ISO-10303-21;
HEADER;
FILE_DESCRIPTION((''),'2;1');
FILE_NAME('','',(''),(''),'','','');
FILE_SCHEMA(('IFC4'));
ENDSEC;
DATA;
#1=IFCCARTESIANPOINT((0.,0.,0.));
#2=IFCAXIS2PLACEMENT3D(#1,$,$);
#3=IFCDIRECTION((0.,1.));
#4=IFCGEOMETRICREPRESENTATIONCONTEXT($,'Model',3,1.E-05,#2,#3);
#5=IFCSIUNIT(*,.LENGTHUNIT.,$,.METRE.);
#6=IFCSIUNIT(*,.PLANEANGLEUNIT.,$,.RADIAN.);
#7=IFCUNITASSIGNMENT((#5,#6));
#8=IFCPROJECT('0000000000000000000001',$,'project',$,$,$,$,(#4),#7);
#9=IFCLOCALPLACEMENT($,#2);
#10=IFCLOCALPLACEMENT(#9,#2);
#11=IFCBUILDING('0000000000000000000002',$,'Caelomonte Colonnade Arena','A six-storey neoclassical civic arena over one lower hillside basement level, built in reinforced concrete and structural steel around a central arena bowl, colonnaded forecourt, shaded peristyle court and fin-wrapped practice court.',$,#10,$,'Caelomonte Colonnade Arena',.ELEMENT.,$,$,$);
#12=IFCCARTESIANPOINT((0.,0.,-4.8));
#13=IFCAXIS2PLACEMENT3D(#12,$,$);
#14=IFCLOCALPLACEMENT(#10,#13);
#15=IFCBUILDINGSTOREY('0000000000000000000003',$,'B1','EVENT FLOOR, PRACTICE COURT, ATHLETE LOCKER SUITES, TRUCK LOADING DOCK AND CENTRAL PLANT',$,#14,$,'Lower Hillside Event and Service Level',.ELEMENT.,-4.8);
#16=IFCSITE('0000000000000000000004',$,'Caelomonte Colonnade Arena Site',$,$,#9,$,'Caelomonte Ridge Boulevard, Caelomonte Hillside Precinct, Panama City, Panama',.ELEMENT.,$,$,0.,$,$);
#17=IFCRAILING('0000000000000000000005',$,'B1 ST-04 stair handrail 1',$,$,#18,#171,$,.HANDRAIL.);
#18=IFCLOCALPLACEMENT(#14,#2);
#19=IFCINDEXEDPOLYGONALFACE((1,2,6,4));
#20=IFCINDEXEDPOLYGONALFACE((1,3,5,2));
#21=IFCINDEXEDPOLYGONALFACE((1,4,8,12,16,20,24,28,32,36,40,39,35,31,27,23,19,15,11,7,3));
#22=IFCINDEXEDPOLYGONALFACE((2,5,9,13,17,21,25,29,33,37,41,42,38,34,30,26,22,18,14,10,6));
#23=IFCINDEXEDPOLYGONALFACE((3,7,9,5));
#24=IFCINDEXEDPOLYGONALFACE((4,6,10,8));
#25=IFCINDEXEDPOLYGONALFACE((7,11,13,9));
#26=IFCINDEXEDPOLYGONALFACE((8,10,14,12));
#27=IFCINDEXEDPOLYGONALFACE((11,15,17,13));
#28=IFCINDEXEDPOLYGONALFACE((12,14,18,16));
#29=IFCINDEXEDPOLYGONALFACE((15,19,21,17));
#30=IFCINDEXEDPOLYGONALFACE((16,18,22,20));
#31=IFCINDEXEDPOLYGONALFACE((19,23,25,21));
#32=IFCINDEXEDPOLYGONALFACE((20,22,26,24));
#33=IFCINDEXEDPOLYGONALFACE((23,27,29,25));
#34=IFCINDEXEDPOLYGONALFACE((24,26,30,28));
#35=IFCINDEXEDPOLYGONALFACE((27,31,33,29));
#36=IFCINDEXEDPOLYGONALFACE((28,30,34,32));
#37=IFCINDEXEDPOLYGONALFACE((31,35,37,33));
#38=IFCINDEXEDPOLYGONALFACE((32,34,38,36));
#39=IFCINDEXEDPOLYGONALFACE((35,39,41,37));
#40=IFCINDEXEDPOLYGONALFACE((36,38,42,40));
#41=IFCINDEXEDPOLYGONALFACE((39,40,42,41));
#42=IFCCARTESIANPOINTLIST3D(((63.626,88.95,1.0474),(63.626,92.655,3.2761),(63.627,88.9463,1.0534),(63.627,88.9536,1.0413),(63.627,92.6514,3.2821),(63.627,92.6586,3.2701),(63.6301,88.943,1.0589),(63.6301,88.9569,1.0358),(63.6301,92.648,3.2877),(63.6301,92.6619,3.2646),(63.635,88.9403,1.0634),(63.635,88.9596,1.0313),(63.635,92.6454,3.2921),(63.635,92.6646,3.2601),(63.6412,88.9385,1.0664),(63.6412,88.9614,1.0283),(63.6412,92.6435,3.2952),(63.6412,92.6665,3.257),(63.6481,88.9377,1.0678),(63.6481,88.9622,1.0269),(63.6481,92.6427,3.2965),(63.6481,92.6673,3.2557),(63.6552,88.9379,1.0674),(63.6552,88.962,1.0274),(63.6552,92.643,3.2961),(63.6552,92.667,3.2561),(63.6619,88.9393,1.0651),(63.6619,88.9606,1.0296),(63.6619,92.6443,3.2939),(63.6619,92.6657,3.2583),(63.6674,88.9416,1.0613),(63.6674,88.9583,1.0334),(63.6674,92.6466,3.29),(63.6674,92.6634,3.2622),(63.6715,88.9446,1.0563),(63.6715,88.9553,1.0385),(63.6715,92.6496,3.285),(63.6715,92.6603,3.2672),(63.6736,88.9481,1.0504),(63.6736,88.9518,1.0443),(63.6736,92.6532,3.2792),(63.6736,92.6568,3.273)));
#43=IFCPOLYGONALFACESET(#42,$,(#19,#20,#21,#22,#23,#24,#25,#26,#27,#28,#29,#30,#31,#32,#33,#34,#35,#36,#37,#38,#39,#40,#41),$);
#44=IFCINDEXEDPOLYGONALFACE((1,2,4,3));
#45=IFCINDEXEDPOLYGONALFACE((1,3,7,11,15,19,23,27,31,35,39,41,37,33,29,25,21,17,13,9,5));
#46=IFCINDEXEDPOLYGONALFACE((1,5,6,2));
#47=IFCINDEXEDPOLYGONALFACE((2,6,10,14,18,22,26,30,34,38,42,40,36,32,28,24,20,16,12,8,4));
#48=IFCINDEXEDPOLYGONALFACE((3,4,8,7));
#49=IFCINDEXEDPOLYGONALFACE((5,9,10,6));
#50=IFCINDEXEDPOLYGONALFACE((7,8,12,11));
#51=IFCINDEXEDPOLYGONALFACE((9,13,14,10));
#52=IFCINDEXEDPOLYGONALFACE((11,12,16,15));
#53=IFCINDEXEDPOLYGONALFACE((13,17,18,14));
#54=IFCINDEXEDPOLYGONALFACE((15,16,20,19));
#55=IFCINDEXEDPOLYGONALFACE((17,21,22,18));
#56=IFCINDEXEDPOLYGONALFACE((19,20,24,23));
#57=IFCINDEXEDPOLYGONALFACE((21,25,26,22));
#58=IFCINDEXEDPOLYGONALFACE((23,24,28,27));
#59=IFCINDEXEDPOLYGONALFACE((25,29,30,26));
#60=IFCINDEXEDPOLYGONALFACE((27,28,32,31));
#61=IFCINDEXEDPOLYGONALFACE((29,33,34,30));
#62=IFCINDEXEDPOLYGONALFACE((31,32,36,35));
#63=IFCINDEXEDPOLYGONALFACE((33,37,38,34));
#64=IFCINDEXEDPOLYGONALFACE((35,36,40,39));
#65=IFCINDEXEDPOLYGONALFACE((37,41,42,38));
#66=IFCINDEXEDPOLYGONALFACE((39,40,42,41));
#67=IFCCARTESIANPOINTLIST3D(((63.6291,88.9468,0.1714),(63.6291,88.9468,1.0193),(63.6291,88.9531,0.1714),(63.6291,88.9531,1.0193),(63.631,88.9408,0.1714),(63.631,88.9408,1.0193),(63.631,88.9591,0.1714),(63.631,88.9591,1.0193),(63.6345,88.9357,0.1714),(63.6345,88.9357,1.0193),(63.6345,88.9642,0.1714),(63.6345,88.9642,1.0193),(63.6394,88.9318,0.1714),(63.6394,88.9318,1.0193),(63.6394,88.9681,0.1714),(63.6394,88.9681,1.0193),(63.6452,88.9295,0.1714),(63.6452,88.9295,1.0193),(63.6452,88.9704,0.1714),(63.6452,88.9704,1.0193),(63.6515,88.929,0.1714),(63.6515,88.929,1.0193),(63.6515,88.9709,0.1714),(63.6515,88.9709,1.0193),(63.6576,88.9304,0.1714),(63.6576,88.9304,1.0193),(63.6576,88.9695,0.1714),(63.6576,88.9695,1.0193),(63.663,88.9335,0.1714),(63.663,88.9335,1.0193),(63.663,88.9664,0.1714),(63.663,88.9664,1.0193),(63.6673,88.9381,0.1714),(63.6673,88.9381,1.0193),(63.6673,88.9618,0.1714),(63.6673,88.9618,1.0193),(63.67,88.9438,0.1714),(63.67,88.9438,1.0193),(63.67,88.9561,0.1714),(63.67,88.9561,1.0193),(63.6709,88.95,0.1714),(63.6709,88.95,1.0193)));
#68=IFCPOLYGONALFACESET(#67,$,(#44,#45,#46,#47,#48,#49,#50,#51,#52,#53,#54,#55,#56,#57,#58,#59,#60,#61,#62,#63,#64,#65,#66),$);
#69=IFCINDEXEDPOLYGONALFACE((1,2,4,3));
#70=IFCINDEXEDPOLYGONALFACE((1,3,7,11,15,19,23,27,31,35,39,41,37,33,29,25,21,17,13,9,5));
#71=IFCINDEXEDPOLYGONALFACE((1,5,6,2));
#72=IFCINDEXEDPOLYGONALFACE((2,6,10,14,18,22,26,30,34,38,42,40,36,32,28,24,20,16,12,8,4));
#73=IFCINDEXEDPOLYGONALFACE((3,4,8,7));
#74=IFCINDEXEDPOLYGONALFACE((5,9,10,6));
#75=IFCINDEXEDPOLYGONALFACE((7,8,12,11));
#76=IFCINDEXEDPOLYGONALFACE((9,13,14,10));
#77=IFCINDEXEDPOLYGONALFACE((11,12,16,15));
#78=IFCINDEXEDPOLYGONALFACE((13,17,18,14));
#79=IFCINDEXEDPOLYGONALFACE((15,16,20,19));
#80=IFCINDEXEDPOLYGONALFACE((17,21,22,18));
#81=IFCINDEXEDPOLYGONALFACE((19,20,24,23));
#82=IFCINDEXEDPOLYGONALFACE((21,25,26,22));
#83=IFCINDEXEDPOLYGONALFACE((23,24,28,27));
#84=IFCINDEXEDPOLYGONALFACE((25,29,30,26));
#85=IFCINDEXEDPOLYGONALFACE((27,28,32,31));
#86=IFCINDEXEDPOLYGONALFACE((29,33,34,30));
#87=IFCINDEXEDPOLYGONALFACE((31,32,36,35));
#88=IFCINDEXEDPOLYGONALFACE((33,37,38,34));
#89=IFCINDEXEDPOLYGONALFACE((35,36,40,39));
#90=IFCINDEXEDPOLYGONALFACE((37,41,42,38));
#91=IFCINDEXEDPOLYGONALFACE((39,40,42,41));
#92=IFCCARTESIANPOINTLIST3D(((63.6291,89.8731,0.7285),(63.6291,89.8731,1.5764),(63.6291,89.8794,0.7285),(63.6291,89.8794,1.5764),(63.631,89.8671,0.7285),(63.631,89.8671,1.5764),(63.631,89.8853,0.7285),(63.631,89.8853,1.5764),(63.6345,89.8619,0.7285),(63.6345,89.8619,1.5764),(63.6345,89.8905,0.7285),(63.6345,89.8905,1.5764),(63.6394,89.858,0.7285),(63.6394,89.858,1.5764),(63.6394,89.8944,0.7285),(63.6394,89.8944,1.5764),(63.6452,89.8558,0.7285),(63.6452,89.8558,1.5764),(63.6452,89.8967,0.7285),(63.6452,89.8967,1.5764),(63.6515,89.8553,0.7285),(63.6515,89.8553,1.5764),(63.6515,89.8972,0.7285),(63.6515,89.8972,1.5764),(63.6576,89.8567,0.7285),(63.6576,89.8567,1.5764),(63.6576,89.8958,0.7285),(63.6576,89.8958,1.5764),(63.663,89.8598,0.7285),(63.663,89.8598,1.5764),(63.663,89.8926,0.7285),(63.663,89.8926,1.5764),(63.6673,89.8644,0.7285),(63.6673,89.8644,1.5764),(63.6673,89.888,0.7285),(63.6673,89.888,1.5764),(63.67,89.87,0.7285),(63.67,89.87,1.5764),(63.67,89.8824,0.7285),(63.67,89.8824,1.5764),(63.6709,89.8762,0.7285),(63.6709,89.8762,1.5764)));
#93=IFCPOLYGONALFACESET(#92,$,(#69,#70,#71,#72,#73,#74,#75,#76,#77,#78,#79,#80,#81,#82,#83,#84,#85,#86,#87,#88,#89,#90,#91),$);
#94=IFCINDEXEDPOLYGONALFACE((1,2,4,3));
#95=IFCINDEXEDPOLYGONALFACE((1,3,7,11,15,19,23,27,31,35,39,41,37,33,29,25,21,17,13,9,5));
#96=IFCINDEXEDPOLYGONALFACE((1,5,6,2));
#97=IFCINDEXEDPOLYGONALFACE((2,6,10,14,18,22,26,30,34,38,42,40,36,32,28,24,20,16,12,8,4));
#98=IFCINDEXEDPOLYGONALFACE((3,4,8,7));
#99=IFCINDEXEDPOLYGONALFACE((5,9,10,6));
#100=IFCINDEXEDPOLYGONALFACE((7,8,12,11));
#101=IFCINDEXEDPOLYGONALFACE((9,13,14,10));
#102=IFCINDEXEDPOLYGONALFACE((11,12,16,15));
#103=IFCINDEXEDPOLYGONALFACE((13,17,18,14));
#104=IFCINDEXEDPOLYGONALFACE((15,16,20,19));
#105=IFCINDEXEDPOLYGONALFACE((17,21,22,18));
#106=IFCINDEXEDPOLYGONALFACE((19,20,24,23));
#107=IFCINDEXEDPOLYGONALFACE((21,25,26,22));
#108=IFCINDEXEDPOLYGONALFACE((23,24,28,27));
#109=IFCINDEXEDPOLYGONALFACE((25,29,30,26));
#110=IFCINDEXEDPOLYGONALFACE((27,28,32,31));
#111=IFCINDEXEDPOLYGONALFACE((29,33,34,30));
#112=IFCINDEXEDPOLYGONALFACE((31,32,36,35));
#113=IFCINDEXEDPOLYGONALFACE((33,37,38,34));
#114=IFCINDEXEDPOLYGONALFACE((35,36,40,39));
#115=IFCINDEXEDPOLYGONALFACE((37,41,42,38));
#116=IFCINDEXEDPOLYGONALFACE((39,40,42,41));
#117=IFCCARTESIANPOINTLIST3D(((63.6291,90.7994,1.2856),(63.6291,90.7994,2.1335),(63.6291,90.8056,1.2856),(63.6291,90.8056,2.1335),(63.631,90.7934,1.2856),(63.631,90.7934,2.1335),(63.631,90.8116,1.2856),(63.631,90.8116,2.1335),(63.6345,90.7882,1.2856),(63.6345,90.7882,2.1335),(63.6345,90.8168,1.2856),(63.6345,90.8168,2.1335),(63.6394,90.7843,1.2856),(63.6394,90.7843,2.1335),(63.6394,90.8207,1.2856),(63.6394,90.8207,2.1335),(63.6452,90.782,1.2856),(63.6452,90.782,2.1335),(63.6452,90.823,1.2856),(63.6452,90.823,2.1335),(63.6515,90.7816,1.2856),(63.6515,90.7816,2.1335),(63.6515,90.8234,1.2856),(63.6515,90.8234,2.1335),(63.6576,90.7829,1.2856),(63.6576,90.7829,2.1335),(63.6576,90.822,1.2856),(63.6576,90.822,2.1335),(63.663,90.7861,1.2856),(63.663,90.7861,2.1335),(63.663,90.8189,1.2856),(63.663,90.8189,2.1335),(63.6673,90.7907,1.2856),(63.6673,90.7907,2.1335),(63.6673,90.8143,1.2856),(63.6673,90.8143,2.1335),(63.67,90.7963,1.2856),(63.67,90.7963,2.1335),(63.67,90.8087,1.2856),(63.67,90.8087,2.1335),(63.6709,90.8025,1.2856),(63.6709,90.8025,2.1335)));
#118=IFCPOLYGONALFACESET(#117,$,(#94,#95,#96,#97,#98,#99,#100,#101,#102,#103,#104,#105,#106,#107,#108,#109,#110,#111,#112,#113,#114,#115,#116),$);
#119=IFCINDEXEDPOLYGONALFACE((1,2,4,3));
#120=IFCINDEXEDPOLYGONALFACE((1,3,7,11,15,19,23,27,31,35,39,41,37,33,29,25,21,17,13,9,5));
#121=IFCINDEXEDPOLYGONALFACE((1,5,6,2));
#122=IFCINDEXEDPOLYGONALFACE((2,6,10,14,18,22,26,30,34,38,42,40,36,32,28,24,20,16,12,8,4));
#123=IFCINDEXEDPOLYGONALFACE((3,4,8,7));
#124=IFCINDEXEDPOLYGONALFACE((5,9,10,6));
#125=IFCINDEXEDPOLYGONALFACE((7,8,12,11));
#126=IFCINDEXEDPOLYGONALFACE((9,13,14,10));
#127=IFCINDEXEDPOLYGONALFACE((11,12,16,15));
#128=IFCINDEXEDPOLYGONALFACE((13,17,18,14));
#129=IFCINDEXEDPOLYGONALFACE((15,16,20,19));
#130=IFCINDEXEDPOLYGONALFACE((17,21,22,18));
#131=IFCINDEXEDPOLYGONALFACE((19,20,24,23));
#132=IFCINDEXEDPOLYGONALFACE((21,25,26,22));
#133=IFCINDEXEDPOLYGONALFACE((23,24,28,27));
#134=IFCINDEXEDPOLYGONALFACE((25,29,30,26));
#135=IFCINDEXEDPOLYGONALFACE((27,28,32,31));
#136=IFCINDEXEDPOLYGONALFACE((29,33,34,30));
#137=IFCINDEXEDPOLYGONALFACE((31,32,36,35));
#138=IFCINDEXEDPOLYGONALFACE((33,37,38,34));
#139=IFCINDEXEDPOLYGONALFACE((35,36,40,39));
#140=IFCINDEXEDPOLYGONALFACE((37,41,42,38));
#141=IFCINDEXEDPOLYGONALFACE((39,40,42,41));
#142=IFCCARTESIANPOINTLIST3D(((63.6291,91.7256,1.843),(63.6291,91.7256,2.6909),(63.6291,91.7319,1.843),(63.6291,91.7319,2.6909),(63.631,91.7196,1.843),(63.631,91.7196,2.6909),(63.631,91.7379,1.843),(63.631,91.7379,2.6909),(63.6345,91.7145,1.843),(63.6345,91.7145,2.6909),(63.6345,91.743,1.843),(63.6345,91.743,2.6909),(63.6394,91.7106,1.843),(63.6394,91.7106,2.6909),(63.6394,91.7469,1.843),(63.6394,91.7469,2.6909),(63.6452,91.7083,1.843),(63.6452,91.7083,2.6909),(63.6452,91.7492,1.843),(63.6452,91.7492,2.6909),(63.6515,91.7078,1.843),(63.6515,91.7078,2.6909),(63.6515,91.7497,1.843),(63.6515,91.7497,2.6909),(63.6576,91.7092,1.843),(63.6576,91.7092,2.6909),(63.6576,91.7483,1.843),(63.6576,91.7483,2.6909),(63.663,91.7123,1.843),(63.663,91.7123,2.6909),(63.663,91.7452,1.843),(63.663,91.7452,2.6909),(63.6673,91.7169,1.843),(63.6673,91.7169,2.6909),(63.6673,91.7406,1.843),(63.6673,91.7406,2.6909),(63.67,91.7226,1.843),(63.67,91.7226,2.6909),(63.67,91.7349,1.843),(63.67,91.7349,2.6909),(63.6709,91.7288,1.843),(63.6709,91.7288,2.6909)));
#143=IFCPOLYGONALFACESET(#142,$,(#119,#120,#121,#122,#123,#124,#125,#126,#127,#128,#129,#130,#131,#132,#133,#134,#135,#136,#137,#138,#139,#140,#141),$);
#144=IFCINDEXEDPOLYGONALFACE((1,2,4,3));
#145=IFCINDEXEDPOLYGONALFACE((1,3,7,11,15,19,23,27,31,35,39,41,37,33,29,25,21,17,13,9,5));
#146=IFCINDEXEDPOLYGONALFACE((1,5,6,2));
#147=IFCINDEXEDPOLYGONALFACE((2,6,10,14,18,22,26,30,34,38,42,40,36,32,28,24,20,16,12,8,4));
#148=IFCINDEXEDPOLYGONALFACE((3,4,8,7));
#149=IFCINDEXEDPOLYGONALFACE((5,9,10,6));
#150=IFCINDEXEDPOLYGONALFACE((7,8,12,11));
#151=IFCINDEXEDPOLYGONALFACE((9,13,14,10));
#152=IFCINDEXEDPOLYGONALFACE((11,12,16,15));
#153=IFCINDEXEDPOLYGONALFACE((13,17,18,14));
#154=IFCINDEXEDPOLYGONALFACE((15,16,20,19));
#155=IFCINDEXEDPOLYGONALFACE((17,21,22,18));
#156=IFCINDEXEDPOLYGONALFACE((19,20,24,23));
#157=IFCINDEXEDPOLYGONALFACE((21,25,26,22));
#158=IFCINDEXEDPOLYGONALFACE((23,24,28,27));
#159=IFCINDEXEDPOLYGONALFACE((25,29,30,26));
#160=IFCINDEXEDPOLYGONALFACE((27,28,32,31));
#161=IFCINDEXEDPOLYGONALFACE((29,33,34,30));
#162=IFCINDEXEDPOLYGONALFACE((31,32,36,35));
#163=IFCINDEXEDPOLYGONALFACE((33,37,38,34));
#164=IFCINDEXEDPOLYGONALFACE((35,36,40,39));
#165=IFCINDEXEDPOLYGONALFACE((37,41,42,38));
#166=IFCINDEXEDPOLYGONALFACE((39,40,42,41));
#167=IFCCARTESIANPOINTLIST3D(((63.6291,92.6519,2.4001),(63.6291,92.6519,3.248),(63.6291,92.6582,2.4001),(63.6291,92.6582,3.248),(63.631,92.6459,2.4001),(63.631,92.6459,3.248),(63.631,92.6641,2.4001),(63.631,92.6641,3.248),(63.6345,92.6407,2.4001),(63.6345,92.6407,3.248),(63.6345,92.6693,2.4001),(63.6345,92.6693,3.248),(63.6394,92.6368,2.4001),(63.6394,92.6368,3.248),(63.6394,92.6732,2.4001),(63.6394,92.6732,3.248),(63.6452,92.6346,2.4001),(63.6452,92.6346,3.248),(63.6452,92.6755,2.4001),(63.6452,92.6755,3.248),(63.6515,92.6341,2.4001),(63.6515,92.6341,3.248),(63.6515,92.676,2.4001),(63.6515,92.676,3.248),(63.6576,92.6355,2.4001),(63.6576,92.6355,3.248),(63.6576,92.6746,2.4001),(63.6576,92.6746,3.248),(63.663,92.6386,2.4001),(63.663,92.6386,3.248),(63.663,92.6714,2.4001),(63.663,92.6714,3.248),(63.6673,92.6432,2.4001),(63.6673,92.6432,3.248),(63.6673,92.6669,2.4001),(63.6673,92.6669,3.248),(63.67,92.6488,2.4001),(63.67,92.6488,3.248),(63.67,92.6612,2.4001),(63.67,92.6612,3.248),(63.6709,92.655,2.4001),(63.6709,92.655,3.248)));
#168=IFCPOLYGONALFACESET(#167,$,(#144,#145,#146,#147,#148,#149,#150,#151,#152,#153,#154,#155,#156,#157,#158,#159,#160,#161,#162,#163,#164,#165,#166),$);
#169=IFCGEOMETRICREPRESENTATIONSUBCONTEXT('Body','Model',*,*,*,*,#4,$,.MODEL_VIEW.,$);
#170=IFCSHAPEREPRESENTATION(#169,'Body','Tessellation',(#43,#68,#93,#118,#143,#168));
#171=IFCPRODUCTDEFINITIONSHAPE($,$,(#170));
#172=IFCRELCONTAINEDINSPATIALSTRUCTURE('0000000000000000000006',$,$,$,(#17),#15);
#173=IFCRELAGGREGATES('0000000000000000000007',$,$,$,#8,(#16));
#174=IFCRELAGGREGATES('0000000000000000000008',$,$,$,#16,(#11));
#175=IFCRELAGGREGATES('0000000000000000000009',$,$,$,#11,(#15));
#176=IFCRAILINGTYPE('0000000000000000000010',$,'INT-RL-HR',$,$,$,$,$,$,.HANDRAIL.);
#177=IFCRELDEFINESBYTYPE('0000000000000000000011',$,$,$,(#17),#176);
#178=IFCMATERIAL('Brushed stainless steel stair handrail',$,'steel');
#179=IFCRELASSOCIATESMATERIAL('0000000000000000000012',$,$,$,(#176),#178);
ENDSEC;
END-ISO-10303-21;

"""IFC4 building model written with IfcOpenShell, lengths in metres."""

from ifc_helpers import new_model, si_unit, direction, frame, origin, origin_2d, place, context, subcontext, project, spatial, circle, extrude, material, type_object, element, save


model = new_model("IFC4")

# Units and contexts
model_context = context("Model", 3, precision=1e-05, world=origin(), true_north=direction((0.0, 1.0)))
body_context = subcontext(model_context, "Body", "Model", "MODEL_VIEW")
ifc_project = project(units=[si_unit("LENGTHUNIT", "METRE"), si_unit("PLANEANGLEUNIT", "RADIAN")], contexts=[model_context])

# Site, building, storey
site_placement = place(None, origin())
site = spatial("IfcSite", under=ifc_project, at=site_placement, Name="Caelomonte Colonnade Arena Site", LongName="Caelomonte Ridge Boulevard, Caelomonte Hillside Precinct, Panama City, Panama", CompositionType="ELEMENT", RefElevation=0.0)
building_placement = place(site_placement, origin())
building = spatial("IfcBuilding", under=site, at=building_placement, Name="Caelomonte Colonnade Arena", Description="A six-storey neoclassical civic arena over one lower hillside basement level, built in reinforced concrete and structural steel around a central arena bowl, colonnaded forecourt, shaded peristyle court and fin-wrapped practice court.", LongName="Caelomonte Colonnade Arena", CompositionType="ELEMENT")
storey_placement = place(building_placement, frame((0.0, 0.0, -4.8)))
storey = spatial("IfcBuildingStorey", under=building, at=storey_placement, Name="B1", Description="EVENT FLOOR, PRACTICE COURT, ATHLETE LOCKER SUITES, TRUCK LOADING DOCK AND CENTRAL PLANT", LongName="Lower Hillside Event and Service Level", CompositionType="ELEMENT", Elevation=-4.8)

# Railing
ifc_material_1 = material(Name="Brushed stainless steel stair handrail", Category="steel")
railing_type_1 = type_object("IfcRailingType", Name="INT-RL-HR", PredefinedType="HANDRAIL", material=ifc_material_1)
railing_1_placement = place(storey_placement, frame((63.6499, 88.95, 0.1714)))
element("IfcRailing", 1, at=railing_1_placement, inside=storey, type_object=railing_type_1, Name="B1 ST-04 stair handrail 1", PredefinedType="HANDRAIL", context=body_context, shape_type="SweptSolid", body=[
    extrude(circle(Radius=0.0239, at=origin_2d()), frame((0.0, 0.0, 0.876), z_axis=(0.0, 0.856909, 0.515467), x_axis=(-1.0, 0.0, 0.0)), (0.0, 0.0, 1.0), 4.3237),
    extrude(circle(Radius=0.021, at=origin_2d()), origin(), (0.0, 0.0, 1.0), 0.8479),
    extrude(circle(Radius=0.021, at=origin_2d()), frame((0.0, 0.9263, 0.5571)), (0.0, 0.0, 1.0), 0.8479),
    extrude(circle(Radius=0.021, at=origin_2d()), frame((0.0, 1.8525, 1.1143)), (0.0, 0.0, 1.0), 0.8479),
    extrude(circle(Radius=0.021, at=origin_2d()), frame((0.0, 2.7788, 1.6716)), (0.0, 0.0, 1.0), 0.8479),
    extrude(circle(Radius=0.021, at=origin_2d()), frame((0.0, 3.7051, 2.2288)), (0.0, 0.0, 1.0), 0.8479),
])

save(model, "model.ifc")
